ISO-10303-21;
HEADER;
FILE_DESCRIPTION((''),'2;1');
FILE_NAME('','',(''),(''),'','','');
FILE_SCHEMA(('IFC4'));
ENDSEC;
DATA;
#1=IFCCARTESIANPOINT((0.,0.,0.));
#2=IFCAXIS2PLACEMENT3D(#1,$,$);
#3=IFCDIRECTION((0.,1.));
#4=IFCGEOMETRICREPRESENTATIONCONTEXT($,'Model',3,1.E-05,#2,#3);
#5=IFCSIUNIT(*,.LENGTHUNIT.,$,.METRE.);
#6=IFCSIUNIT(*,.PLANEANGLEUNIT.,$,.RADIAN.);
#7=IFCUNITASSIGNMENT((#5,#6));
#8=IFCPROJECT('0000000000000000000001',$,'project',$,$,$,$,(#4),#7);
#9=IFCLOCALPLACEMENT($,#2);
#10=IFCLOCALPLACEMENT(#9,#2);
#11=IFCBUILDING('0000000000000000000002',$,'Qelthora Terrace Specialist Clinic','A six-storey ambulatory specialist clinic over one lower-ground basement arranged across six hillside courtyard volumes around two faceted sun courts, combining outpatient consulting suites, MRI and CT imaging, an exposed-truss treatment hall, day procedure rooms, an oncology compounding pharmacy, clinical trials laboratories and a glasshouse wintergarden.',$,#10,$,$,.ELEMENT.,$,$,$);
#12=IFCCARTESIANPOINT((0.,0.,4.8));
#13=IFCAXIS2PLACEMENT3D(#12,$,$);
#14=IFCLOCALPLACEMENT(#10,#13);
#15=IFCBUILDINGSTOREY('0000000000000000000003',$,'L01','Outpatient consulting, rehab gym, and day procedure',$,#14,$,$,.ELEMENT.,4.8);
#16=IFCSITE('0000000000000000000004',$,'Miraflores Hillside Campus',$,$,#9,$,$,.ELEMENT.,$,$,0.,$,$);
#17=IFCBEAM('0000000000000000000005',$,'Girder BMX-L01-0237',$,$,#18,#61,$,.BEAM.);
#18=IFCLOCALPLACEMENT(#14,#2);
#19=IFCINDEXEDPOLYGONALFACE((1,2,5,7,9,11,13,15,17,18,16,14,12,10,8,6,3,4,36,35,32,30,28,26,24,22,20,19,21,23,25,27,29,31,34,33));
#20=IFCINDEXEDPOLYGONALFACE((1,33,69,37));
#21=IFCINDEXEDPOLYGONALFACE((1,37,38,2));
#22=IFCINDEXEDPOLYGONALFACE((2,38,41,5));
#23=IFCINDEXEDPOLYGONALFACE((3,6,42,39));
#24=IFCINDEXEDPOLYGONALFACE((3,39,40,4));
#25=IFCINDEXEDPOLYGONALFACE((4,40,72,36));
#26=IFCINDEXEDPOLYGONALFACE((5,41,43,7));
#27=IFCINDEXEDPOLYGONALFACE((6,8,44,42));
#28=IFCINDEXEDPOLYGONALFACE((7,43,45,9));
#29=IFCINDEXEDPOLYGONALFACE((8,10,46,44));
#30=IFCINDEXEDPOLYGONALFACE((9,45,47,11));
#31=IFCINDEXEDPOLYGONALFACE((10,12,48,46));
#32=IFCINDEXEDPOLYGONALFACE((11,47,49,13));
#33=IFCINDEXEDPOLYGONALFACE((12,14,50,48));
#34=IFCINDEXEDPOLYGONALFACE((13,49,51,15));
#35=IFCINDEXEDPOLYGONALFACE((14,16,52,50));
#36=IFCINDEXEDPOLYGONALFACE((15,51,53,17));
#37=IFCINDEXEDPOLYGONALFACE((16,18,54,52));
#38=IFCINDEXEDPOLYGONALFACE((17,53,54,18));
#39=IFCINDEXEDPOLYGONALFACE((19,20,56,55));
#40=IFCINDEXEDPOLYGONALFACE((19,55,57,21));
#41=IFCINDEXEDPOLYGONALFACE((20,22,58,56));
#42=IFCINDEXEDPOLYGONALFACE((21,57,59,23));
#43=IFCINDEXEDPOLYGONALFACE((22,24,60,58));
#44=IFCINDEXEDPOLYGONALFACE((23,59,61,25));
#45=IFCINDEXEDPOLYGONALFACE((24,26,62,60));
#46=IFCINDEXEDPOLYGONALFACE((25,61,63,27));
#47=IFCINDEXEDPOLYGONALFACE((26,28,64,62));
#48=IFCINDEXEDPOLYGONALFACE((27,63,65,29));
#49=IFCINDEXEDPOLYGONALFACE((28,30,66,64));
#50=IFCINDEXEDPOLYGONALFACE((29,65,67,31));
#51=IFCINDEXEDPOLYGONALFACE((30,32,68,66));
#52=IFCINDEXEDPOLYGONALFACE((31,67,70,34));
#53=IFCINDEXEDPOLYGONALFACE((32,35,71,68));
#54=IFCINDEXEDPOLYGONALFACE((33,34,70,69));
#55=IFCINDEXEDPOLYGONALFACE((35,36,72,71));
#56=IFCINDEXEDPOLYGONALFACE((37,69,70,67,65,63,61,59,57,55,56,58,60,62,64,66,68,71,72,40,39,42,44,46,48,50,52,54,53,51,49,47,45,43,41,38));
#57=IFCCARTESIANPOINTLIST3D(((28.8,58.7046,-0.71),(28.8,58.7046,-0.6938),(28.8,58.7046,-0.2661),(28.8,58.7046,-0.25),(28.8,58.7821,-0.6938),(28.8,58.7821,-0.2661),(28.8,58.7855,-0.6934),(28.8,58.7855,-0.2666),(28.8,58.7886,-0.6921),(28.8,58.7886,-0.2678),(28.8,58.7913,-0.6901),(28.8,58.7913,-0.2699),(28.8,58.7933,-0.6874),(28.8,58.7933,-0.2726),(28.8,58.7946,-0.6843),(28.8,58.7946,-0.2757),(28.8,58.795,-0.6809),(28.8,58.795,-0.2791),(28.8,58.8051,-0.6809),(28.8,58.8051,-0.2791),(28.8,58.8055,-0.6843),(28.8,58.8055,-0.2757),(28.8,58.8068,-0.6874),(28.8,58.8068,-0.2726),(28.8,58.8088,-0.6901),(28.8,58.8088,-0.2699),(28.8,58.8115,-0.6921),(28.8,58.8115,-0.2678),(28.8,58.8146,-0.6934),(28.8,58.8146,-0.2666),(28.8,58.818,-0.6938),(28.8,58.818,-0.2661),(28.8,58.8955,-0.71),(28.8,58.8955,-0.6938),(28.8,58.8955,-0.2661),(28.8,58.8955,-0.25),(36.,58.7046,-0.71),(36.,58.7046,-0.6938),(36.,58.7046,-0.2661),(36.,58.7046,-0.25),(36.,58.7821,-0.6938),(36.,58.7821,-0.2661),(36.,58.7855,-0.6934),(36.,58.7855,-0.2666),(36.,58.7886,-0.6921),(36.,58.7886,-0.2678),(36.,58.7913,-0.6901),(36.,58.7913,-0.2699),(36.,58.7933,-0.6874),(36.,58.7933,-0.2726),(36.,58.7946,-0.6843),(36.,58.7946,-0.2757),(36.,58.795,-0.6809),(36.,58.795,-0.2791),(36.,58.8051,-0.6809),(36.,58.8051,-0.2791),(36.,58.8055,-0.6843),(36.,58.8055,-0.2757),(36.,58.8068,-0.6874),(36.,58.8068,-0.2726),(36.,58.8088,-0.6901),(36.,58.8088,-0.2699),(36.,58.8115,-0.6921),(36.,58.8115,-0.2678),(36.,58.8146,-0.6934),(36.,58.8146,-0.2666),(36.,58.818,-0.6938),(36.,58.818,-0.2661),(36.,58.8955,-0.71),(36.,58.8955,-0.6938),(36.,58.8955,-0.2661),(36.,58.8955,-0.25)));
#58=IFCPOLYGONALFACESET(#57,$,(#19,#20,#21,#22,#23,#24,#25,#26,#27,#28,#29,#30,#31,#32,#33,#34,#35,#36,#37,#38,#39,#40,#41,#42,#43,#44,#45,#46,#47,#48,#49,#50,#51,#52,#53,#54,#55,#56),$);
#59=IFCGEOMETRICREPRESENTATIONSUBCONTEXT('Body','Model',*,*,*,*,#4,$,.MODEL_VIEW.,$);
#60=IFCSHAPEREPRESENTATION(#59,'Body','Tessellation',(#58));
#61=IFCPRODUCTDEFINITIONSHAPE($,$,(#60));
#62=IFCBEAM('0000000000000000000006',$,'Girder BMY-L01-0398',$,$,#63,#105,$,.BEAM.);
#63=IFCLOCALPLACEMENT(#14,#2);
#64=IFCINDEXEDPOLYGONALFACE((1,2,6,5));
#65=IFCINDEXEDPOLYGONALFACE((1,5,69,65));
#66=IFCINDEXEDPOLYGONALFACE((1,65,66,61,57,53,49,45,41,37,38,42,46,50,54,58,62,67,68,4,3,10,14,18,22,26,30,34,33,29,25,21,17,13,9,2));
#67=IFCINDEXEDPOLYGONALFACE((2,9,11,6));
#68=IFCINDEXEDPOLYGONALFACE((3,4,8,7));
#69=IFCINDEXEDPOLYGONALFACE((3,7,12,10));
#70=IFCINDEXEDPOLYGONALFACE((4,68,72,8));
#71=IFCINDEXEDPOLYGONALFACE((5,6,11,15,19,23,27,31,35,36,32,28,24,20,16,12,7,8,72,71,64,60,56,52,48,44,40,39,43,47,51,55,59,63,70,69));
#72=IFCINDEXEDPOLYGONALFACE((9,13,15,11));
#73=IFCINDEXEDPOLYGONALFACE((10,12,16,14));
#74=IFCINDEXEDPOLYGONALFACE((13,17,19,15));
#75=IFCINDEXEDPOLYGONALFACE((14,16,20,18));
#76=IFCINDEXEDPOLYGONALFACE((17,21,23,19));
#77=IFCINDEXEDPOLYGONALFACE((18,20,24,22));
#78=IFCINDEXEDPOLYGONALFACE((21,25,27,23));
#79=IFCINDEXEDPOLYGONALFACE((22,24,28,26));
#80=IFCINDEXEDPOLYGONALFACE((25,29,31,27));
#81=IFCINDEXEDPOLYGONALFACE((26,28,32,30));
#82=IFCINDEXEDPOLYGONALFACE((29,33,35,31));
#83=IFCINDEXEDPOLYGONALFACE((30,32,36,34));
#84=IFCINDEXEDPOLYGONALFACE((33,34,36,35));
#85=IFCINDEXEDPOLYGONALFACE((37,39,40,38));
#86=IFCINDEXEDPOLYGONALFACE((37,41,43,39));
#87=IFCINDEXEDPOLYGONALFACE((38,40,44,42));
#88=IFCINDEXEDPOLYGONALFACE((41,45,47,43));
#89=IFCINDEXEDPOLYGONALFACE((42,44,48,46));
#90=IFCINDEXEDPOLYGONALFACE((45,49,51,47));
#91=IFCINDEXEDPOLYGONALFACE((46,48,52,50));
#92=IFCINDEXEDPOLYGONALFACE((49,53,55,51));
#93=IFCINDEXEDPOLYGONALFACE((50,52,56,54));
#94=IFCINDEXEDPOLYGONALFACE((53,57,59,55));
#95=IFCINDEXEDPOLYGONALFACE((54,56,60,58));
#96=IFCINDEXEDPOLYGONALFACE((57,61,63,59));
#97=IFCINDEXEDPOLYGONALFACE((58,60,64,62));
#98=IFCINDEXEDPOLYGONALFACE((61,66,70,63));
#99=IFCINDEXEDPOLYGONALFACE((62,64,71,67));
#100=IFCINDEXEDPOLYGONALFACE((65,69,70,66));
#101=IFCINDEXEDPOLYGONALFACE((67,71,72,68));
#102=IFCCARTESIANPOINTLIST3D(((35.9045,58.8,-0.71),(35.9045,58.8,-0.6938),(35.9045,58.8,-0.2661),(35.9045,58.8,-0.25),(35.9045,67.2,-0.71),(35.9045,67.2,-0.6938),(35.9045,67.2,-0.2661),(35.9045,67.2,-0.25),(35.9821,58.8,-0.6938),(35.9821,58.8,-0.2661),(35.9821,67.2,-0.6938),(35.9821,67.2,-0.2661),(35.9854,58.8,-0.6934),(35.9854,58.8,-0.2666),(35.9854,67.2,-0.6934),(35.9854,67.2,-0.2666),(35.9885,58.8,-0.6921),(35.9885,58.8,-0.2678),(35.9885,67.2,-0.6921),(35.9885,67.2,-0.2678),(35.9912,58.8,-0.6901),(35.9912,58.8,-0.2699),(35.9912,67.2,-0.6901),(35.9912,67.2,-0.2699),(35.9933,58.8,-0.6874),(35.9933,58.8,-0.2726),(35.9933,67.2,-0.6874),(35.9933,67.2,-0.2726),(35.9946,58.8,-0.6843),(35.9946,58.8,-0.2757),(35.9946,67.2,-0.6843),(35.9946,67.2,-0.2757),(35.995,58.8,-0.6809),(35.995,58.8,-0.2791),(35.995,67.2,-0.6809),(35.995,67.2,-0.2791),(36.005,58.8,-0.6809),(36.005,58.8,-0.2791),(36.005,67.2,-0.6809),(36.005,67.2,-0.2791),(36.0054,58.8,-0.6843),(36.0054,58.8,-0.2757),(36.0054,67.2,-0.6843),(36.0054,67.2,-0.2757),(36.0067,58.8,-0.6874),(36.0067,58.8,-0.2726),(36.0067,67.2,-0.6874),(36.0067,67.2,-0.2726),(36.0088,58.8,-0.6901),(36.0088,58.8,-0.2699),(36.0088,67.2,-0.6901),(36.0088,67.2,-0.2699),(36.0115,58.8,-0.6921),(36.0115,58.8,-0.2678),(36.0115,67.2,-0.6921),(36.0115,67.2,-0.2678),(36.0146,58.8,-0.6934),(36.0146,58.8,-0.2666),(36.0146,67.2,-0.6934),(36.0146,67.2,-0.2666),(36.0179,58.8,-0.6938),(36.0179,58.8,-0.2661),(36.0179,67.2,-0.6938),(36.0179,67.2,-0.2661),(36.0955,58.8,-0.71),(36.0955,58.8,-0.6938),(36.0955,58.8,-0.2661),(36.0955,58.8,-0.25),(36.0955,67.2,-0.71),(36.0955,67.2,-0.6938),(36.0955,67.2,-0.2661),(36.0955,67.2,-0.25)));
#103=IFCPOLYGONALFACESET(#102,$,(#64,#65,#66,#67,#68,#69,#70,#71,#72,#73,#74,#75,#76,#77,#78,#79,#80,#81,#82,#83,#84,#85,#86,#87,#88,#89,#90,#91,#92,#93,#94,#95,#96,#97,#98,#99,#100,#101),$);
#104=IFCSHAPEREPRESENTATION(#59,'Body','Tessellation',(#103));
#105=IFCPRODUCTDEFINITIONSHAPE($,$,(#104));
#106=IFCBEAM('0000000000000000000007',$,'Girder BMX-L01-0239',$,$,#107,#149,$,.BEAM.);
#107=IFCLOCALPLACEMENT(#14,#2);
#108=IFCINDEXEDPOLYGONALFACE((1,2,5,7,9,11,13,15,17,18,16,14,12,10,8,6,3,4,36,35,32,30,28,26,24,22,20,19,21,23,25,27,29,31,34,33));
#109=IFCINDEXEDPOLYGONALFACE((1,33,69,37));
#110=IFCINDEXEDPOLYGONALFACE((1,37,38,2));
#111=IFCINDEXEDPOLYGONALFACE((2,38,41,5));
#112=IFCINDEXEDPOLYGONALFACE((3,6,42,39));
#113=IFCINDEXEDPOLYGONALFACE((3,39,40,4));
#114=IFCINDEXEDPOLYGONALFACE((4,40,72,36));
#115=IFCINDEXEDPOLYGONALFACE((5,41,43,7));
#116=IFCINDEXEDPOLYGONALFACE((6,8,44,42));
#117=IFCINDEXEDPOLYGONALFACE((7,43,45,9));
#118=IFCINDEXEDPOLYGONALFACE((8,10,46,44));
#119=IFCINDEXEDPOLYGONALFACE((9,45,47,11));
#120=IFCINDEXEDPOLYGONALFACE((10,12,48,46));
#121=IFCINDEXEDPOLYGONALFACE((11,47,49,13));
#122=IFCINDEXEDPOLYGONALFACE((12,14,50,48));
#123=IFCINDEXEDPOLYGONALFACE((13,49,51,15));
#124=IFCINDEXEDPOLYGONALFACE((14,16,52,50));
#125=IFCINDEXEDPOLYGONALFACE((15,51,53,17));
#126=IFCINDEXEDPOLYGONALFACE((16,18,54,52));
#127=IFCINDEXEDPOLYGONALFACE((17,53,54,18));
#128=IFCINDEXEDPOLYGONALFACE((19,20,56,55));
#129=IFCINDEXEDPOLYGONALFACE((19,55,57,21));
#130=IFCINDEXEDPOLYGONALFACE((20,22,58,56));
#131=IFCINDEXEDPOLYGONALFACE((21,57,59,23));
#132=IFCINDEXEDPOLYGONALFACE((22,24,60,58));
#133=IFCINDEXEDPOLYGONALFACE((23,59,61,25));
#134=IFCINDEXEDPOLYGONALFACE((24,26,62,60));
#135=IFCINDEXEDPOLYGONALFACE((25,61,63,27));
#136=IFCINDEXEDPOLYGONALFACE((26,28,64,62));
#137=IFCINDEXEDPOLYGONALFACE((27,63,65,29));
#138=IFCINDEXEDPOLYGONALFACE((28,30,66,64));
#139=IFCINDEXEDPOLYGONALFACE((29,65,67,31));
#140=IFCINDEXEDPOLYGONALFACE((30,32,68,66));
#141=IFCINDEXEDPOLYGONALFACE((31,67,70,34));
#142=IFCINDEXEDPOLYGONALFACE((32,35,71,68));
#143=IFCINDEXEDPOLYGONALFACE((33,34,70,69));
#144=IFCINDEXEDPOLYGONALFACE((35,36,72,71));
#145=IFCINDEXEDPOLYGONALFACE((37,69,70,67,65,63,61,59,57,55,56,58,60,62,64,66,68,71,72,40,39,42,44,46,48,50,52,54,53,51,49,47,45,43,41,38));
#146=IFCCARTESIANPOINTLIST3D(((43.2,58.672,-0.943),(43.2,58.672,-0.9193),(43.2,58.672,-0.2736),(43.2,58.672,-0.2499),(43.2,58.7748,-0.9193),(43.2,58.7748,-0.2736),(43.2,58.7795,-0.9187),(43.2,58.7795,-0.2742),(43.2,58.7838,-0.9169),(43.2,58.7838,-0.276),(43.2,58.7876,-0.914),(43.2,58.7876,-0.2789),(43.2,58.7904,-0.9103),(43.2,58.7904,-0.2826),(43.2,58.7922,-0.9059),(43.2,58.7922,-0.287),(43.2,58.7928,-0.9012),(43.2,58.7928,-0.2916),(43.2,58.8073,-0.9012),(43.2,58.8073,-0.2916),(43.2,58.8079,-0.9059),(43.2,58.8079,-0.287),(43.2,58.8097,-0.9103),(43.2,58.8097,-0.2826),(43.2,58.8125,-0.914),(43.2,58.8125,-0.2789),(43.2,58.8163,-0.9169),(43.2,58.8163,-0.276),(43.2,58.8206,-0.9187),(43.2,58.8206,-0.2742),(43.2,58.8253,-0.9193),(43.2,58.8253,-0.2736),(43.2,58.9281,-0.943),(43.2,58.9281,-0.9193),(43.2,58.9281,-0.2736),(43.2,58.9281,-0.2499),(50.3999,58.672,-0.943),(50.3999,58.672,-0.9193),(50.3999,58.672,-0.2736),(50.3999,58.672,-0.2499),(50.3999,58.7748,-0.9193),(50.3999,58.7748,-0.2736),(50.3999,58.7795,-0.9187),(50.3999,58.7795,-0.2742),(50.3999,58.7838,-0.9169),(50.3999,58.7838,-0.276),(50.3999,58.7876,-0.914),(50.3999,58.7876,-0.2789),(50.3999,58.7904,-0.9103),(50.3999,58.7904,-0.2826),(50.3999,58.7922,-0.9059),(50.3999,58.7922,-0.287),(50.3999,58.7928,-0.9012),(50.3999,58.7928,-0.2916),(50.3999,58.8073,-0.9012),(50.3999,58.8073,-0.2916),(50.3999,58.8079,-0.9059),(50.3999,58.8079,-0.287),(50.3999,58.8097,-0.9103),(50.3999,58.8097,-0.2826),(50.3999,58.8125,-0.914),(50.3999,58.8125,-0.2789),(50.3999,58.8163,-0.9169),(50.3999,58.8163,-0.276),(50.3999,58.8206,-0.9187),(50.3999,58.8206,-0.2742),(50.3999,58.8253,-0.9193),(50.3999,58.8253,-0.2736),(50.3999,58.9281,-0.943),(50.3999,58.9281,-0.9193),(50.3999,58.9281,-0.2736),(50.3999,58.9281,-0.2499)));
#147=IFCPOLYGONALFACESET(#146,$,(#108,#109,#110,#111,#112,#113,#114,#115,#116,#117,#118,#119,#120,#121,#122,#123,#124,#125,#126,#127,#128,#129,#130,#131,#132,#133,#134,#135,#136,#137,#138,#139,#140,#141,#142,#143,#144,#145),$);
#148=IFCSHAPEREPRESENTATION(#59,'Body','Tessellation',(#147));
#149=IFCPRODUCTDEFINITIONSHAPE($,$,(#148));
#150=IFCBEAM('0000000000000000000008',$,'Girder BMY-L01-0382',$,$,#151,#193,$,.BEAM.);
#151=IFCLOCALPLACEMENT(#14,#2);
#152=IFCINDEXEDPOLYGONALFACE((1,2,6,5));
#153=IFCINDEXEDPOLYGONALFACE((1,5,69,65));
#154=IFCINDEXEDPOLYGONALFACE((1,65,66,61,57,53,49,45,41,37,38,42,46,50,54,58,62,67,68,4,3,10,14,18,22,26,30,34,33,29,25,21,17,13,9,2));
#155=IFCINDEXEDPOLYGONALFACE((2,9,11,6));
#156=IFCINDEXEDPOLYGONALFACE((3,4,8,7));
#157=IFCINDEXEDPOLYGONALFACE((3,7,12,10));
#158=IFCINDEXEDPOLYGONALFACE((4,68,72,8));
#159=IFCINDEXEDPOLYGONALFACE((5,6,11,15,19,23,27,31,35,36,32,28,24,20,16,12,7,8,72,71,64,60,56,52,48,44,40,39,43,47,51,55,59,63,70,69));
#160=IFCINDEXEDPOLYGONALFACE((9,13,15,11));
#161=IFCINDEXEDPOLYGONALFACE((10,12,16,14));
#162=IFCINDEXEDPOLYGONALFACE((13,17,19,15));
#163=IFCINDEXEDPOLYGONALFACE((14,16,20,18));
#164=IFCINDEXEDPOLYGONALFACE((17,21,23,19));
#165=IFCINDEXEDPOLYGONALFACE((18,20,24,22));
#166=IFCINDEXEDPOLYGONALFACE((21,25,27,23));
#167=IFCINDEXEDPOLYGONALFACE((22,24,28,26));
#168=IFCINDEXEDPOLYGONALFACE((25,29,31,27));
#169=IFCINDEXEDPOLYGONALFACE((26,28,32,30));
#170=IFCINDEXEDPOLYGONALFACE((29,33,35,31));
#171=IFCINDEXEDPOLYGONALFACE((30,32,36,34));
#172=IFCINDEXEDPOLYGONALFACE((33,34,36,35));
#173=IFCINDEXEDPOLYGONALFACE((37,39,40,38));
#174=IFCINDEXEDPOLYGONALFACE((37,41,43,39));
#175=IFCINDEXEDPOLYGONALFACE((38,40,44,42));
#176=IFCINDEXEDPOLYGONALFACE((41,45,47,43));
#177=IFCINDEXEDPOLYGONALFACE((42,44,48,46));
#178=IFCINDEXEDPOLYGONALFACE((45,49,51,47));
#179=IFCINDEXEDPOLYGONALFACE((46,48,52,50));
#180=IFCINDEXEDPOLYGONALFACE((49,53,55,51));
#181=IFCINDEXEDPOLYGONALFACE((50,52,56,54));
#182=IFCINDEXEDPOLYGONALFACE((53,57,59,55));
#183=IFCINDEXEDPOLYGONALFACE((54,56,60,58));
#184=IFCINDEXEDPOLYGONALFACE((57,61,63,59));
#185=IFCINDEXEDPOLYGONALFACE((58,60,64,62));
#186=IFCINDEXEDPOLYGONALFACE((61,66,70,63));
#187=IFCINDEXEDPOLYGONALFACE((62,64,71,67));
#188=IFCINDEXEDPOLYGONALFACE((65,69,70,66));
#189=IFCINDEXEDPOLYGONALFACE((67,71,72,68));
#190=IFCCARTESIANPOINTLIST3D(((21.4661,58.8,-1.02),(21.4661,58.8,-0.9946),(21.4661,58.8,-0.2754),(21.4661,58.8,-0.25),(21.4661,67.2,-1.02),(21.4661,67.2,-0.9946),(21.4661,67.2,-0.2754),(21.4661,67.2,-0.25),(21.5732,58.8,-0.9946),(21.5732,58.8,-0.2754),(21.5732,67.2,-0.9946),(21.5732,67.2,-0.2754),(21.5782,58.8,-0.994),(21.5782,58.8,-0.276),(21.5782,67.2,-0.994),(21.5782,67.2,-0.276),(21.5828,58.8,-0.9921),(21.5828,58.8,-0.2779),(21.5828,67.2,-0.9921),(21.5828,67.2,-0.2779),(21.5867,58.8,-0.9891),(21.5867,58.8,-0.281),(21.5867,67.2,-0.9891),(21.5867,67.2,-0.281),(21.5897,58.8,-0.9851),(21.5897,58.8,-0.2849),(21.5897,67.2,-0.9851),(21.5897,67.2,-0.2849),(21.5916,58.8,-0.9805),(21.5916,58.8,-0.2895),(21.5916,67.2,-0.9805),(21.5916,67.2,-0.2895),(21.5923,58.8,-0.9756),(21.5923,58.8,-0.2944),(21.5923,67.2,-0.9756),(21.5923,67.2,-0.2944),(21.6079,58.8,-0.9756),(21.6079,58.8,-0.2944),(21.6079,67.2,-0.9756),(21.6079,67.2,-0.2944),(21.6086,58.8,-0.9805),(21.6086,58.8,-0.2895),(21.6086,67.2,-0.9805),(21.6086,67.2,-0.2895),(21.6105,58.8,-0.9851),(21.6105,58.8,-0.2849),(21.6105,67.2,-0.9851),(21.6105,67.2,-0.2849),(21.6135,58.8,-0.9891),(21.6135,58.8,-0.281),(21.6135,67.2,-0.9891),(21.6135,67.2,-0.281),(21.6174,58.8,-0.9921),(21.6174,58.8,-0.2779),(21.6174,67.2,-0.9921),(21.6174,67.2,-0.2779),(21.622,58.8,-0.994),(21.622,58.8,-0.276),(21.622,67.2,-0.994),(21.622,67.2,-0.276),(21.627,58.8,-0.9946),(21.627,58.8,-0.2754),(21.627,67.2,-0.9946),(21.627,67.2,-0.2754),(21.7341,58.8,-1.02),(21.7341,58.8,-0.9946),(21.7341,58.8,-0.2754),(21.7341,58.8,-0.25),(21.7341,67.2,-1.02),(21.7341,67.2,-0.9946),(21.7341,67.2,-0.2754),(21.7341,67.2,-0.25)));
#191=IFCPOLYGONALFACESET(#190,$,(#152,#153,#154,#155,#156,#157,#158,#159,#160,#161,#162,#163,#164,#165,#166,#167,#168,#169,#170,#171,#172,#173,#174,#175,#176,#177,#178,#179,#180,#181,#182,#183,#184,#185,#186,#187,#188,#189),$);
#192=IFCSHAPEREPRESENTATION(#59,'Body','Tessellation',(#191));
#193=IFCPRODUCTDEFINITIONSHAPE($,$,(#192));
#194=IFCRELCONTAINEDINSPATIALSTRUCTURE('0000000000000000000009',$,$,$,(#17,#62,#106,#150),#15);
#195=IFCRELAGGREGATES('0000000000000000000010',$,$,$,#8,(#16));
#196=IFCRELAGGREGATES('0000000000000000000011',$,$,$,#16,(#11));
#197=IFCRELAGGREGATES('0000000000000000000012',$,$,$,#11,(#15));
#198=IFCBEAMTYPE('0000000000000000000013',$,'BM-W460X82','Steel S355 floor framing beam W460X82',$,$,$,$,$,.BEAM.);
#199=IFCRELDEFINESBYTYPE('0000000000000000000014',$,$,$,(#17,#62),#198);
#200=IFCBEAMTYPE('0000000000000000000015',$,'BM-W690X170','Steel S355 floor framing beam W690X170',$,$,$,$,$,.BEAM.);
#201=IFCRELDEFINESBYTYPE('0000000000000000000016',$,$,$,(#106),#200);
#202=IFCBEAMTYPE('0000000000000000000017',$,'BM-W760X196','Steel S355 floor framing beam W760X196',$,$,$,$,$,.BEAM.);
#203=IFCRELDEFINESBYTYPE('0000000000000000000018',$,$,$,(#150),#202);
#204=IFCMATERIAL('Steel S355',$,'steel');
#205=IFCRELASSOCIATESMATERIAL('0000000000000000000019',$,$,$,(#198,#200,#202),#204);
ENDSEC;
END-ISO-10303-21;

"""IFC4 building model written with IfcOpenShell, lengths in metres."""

from ifc_helpers import new_model, si_unit, direction, frame, origin, origin_2d, place, context, subcontext, project, spatial, i_section, extrude, material, material_profile, profile_set, type_object, element, save


model = new_model("IFC4")

# Units and contexts
model_context = context("Model", 3, precision=1e-05, world=origin(), true_north=direction((0.0, 1.0)))
body_context = subcontext(model_context, "Body", "Model", "MODEL_VIEW")
ifc_project = project(units=[si_unit("LENGTHUNIT", "METRE"), si_unit("PLANEANGLEUNIT", "RADIAN")], contexts=[model_context])

# Site, building, storey
site_placement = place(None, origin())
site = spatial("IfcSite", under=ifc_project, at=site_placement, Name="Miraflores Hillside Campus", CompositionType="ELEMENT", RefElevation=0.0)
building_placement = place(site_placement, origin())
building = spatial("IfcBuilding", under=site, at=building_placement, Name="Qelthora Terrace Specialist Clinic", Description="A six-storey ambulatory specialist clinic over one lower-ground basement arranged across six hillside courtyard volumes around two faceted sun courts, combining outpatient consulting suites, MRI and CT imaging, an exposed-truss treatment hall, day procedure rooms, an oncology compounding pharmacy, clinical trials laboratories and a glasshouse wintergarden.", CompositionType="ELEMENT")
storey_placement = place(building_placement, frame((0.0, 0.0, 4.8)))
storey = spatial("IfcBuildingStorey", under=building, at=storey_placement, Name="L01", Description="Outpatient consulting, rehab gym, and day procedure", CompositionType="ELEMENT", Elevation=4.8)

# Shared definitions
ifc_material_1 = material(Name="Steel S355", Category="steel")

# Beams
ifc_material_profile_1 = material_profile(ifc_material_1, i_section(OverallWidth=0.1909, OverallDepth=0.46, WebThickness=0.01, FlangeThickness=0.0161, FilletRadius=0.0129, at=origin_2d()), Name="W460X82")
ifc_profile_set_1 = profile_set([ifc_material_profile_1], Name="Steel S355")
beam_type_1 = type_object("IfcBeamType", Name="BM-W460X82", Description="Steel S355 floor framing beam W460X82", PredefinedType="BEAM", material=ifc_profile_set_1)
beam_1_placement = place(storey_placement, frame((28.8, 58.8, -0.48), z_axis=(1.0, 0.0, 0.0), x_axis=(0.0, 1.0, 0.0)))
element("IfcBeam", 1, at=beam_1_placement, inside=storey, type_object=beam_type_1, Name="Girder BMX-L01-0237", PredefinedType="BEAM", context=body_context, shape_type="SweptSolid", body=[
    extrude(i_section(OverallWidth=0.1909, OverallDepth=0.46, WebThickness=0.01, FlangeThickness=0.0161, FilletRadius=0.0129, at=origin_2d()), origin(), (0.0, 0.0, 1.0), 7.2),
])
beam_2_placement = place(storey_placement, frame((36.0, 58.8, -0.48), z_axis=(0.0, 1.0, 0.0), x_axis=(-1.0, 0.0, 0.0)))
element("IfcBeam", 2, at=beam_2_placement, inside=storey, type_object=beam_type_1, Name="Girder BMY-L01-0398", PredefinedType="BEAM", context=body_context, shape_type="SweptSolid", body=[
    extrude(i_section(OverallWidth=0.1909, OverallDepth=0.46, WebThickness=0.01, FlangeThickness=0.0161, FilletRadius=0.0129, at=origin_2d()), origin(), (0.0, 0.0, 1.0), 8.3999),
])
ifc_material_profile_2 = material_profile(ifc_material_1, i_section(OverallWidth=0.2561, OverallDepth=0.6931, WebThickness=0.0144, FlangeThickness=0.0237, FilletRadius=0.0181, at=origin_2d()), Name="W690X170")
ifc_profile_set_2 = profile_set([ifc_material_profile_2], Name="Steel S355")
beam_type_2 = type_object("IfcBeamType", Name="BM-W690X170", Description="Steel S355 floor framing beam W690X170", PredefinedType="BEAM", material=ifc_profile_set_2)
beam_3_placement = place(storey_placement, frame((43.2, 58.8, -0.5964), z_axis=(1.0, 0.0, 0.0), x_axis=(0.0, 1.0, 0.0)))
element("IfcBeam", 3, at=beam_3_placement, inside=storey, type_object=beam_type_2, Name="Girder BMX-L01-0239", PredefinedType="BEAM", context=body_context, shape_type="SweptSolid", body=[
    extrude(i_section(OverallWidth=0.2561, OverallDepth=0.6931, WebThickness=0.0144, FlangeThickness=0.0237, FilletRadius=0.0181, at=origin_2d()), origin(), (0.0, 0.0, 1.0), 7.2),
])
ifc_material_profile_3 = material_profile(ifc_material_1, i_section(OverallWidth=0.2681, OverallDepth=0.77, WebThickness=0.0156, FlangeThickness=0.0254, FilletRadius=0.019, at=origin_2d()), Name="W760X196")
ifc_profile_set_3 = profile_set([ifc_material_profile_3], Name="Steel S355")
beam_type_3 = type_object("IfcBeamType", Name="BM-W760X196", Description="Steel S355 floor framing beam W760X196", PredefinedType="BEAM", material=ifc_profile_set_3)
beam_4_placement = place(storey_placement, frame((21.6001, 58.8, -0.635), z_axis=(0.0, 1.0, 0.0), x_axis=(-1.0, 0.0, 0.0)))
element("IfcBeam", 4, at=beam_4_placement, inside=storey, type_object=beam_type_3, Name="Girder BMY-L01-0382", PredefinedType="BEAM", context=body_context, shape_type="SweptSolid", body=[
    extrude(i_section(OverallWidth=0.2681, OverallDepth=0.77, WebThickness=0.0156, FlangeThickness=0.0254, FilletRadius=0.019, at=origin_2d()), origin(), (0.0, 0.0, 1.0), 8.3999),
])

save(model, "model.ifc")
